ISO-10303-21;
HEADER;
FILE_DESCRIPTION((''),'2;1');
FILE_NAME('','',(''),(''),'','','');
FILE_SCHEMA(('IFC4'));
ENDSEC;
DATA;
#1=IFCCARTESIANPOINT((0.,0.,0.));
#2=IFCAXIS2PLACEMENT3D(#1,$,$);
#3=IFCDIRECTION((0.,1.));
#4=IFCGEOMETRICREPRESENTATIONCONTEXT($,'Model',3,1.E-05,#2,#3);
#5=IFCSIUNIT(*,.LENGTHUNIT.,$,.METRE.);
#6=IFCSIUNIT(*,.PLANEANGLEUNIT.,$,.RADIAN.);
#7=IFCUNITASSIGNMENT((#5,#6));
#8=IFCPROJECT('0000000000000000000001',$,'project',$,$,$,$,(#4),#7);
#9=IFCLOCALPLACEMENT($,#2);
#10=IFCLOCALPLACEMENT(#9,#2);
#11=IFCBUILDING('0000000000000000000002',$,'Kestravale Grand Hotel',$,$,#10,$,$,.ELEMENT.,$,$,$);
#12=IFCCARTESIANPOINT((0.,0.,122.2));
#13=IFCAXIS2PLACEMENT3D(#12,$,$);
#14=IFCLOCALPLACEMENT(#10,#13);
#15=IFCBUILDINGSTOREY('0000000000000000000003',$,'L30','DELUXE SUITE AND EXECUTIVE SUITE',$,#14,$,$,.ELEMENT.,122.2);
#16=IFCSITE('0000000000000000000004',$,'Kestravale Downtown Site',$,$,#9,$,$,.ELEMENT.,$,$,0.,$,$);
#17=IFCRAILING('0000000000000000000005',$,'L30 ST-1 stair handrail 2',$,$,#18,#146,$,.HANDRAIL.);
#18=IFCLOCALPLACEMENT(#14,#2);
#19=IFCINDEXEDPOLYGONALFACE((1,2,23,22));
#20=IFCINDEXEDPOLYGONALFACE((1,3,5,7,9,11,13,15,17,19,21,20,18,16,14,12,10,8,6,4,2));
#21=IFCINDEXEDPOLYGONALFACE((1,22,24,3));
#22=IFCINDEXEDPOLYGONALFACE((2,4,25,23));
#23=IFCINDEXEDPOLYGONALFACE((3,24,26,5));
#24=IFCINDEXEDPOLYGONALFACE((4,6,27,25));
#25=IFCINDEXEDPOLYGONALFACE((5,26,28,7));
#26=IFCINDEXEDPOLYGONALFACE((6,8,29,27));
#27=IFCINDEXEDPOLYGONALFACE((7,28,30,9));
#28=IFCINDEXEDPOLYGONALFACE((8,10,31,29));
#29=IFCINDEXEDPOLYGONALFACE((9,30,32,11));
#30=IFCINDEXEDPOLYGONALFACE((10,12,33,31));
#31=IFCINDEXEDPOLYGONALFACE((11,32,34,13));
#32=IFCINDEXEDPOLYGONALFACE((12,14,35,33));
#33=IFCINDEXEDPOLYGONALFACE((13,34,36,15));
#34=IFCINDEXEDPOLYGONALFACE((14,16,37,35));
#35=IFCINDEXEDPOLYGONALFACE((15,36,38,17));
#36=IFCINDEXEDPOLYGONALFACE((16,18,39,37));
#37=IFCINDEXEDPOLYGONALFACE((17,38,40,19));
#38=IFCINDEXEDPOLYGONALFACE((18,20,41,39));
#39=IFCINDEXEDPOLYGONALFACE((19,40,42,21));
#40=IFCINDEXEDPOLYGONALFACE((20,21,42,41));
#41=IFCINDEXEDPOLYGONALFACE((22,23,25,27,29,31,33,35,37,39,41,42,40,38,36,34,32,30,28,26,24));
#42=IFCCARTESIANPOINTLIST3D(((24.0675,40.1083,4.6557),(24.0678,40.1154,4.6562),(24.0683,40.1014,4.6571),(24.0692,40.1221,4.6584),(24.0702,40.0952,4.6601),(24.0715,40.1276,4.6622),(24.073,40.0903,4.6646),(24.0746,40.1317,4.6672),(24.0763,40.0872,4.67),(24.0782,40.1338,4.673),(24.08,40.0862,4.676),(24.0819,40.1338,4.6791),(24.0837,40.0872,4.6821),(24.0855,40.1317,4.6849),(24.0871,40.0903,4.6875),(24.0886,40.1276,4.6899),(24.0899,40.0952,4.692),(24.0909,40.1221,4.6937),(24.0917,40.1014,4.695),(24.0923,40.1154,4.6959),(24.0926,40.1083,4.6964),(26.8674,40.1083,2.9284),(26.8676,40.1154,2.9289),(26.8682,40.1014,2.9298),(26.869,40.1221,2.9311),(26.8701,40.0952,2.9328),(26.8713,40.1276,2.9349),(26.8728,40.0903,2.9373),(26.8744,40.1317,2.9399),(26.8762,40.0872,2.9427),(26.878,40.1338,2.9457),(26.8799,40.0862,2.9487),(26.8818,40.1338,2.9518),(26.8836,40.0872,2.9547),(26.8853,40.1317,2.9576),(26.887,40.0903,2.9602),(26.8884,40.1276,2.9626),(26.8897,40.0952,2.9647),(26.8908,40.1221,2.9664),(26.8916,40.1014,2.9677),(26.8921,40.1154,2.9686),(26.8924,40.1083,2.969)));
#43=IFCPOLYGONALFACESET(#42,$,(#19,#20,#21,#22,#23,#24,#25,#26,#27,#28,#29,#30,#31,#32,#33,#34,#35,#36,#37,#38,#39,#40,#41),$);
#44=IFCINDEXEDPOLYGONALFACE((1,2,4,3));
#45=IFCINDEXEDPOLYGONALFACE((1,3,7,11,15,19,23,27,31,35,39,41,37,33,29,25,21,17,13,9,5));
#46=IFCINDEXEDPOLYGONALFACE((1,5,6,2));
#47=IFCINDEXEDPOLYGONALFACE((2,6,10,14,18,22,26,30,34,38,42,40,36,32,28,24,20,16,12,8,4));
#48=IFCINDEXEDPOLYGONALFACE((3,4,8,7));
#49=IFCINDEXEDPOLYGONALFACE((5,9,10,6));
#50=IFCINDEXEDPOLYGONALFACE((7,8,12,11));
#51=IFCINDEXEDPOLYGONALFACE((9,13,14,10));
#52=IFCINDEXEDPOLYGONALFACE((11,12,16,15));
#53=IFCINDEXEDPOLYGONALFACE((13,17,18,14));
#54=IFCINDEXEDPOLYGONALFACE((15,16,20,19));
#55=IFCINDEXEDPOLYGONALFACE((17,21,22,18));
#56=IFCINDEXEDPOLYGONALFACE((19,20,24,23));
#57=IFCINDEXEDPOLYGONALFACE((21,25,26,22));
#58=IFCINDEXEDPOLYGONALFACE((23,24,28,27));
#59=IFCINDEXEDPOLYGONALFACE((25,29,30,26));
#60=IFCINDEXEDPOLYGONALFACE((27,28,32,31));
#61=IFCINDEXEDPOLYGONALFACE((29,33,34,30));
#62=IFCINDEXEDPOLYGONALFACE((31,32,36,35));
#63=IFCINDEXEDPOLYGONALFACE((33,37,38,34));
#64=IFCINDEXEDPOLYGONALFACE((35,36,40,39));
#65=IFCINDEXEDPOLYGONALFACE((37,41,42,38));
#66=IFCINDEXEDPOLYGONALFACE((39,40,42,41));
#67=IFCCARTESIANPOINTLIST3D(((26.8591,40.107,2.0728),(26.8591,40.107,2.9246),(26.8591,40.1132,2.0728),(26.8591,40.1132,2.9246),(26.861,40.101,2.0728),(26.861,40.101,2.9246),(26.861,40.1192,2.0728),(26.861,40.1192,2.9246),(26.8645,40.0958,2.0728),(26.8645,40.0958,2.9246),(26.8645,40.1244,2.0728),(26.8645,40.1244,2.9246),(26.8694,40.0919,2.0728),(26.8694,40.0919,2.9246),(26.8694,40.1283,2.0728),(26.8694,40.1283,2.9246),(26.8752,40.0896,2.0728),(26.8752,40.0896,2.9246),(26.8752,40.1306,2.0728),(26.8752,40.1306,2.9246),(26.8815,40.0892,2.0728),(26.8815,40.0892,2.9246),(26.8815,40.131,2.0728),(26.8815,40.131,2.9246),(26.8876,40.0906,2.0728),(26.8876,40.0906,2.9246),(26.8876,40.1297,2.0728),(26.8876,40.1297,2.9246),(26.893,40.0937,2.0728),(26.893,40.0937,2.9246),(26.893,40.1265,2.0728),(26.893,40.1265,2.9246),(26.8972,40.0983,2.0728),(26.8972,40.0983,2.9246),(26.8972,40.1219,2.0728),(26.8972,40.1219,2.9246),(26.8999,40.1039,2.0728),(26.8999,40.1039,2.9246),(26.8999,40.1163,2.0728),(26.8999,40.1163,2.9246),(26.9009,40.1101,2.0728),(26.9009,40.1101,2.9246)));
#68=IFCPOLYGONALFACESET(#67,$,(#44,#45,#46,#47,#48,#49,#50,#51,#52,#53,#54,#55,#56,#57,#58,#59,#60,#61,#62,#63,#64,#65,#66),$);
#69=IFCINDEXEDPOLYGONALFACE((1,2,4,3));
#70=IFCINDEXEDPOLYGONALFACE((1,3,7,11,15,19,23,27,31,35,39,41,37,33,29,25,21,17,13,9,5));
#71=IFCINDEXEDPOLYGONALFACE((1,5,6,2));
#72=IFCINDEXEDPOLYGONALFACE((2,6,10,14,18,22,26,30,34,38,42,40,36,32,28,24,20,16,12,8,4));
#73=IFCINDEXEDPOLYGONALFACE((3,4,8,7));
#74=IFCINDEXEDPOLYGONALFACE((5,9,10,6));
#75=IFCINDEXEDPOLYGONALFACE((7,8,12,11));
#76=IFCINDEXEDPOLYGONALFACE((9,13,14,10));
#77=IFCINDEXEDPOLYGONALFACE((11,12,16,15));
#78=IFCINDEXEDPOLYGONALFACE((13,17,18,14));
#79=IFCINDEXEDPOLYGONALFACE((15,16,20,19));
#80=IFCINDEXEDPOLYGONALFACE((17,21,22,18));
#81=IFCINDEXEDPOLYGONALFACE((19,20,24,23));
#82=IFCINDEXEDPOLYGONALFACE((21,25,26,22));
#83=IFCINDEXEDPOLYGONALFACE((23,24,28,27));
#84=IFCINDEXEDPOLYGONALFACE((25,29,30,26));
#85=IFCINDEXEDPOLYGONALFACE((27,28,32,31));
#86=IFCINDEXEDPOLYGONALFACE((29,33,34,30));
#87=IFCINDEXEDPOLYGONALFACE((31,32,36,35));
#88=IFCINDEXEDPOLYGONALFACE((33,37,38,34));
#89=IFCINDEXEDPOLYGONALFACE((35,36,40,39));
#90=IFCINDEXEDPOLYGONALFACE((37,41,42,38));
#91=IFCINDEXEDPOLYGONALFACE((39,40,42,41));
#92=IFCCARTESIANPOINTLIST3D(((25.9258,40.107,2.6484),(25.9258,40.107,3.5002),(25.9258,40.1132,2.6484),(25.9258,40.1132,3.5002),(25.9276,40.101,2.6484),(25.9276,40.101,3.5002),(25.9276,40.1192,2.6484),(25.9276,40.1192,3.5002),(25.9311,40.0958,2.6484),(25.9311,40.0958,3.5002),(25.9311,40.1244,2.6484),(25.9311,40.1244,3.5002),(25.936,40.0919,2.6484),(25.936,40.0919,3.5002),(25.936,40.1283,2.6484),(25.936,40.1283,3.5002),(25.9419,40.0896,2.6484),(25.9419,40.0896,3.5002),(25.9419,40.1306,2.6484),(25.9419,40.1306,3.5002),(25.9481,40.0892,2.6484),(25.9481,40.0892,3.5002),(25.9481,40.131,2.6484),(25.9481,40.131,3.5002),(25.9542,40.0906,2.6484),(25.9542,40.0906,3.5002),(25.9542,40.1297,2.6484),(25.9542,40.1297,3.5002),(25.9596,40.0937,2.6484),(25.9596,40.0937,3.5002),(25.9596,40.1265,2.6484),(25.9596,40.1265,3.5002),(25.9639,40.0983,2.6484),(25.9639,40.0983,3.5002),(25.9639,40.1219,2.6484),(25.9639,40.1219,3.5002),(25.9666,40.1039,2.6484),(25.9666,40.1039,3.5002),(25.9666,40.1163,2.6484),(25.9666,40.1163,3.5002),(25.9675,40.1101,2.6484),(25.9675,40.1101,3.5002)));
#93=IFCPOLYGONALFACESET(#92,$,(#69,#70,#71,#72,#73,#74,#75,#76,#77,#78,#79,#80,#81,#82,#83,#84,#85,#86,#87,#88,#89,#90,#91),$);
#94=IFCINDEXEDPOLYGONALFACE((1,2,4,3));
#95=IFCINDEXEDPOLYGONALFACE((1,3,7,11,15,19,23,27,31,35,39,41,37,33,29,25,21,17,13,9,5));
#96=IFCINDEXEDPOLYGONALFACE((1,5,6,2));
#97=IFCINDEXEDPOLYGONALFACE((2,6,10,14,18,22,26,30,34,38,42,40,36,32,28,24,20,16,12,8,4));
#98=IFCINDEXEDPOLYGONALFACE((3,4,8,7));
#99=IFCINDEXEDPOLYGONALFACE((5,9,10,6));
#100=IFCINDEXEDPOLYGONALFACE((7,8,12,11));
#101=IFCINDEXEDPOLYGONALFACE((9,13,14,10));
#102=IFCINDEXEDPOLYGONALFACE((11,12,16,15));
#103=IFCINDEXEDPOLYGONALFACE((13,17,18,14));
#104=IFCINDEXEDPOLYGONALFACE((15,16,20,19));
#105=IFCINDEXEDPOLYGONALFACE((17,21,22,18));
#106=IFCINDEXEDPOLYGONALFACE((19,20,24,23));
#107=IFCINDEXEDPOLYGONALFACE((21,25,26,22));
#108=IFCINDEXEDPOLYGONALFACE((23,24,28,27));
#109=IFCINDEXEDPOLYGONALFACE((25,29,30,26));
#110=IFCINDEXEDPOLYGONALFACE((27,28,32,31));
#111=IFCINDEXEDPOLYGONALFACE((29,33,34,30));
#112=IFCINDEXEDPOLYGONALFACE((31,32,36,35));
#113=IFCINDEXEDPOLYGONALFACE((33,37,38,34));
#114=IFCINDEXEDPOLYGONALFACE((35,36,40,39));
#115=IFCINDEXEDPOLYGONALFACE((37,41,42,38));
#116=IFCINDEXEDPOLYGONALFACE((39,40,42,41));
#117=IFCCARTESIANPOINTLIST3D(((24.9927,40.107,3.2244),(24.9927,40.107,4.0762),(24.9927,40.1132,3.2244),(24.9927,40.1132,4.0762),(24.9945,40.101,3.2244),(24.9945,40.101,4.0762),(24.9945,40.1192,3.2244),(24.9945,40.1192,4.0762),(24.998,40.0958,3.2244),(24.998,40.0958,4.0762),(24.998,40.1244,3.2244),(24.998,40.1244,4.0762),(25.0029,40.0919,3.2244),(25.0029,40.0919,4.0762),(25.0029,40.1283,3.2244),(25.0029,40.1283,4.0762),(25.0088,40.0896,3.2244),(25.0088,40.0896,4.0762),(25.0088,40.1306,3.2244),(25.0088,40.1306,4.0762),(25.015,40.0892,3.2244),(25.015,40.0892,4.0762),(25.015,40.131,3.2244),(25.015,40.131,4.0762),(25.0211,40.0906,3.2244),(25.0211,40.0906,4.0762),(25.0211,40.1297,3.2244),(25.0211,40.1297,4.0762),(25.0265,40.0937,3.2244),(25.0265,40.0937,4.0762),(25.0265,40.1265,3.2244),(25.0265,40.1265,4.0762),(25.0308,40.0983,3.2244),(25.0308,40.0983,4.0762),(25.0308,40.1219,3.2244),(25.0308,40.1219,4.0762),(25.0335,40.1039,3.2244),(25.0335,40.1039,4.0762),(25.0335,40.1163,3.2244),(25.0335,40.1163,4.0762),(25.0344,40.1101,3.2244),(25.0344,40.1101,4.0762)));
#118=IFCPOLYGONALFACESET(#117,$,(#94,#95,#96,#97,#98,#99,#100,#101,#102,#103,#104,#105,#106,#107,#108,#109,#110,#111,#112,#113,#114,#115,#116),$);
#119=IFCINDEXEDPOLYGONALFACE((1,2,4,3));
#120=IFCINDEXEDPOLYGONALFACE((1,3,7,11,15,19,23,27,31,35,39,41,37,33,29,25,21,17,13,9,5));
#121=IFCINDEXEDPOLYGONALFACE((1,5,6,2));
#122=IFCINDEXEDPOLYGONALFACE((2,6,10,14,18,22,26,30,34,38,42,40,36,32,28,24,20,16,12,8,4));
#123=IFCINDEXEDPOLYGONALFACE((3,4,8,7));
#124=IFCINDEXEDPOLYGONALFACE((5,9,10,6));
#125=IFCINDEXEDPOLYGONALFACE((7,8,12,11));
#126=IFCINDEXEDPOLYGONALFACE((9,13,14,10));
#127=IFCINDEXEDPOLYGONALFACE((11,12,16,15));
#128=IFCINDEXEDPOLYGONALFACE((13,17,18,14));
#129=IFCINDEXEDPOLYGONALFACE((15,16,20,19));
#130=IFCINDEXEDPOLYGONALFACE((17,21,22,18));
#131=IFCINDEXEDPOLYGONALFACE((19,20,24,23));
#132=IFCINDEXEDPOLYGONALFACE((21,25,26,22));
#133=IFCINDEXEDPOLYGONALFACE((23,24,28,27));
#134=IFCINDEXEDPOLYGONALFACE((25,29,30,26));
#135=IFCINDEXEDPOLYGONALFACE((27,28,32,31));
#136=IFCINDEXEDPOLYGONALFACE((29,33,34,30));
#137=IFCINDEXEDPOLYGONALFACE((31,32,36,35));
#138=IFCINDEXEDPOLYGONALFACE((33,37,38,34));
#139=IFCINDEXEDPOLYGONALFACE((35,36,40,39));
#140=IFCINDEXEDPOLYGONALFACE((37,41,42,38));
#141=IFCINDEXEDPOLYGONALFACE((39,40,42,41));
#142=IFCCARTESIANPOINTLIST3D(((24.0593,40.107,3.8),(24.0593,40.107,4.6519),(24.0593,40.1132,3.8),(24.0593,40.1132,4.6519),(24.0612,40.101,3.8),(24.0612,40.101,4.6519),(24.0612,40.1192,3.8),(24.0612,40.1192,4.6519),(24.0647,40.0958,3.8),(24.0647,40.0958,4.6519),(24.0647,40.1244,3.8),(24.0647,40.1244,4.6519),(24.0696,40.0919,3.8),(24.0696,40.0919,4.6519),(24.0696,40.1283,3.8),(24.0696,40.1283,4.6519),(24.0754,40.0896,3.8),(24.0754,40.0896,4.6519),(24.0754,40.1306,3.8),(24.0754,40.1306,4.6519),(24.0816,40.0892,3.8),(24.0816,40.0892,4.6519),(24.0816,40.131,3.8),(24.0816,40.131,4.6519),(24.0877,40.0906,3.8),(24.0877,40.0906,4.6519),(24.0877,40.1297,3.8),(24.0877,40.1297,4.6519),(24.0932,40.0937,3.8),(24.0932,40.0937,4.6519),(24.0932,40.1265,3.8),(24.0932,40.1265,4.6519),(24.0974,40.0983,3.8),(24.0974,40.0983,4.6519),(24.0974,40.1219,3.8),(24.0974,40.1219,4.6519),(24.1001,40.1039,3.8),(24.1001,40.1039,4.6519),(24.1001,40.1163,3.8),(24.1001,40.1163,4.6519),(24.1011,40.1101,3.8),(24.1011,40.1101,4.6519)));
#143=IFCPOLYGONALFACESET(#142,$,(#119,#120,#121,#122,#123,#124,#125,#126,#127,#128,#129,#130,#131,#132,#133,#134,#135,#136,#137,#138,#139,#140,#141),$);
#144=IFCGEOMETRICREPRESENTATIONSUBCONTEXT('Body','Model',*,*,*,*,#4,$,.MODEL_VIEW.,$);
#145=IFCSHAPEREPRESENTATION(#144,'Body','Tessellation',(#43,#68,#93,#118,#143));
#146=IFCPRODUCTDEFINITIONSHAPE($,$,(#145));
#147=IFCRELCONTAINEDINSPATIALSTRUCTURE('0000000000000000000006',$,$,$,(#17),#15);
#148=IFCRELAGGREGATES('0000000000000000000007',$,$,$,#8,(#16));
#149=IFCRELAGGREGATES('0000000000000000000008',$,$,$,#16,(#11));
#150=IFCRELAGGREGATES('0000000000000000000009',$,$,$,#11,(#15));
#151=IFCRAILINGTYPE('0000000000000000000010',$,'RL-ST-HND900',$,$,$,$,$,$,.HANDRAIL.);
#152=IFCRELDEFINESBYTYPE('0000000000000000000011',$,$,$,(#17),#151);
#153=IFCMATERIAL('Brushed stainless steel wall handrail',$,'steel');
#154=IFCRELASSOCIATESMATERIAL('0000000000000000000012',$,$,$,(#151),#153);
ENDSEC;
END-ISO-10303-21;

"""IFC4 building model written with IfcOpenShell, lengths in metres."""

from ifc_helpers import new_model, si_unit, direction, frame, origin, origin_2d, place, context, subcontext, project, spatial, circle, extrude, material, type_object, element, save


model = new_model("IFC4")

# Units and contexts
model_context = context("Model", 3, precision=1e-05, world=origin(), true_north=direction((0.0, 1.0)))
body_context = subcontext(model_context, "Body", "Model", "MODEL_VIEW")
ifc_project = project(units=[si_unit("LENGTHUNIT", "METRE"), si_unit("PLANEANGLEUNIT", "RADIAN")], contexts=[model_context])

# Site, building, storey
site_placement = place(None, origin())
site = spatial("IfcSite", under=ifc_project, at=site_placement, Name="Kestravale Downtown Site", CompositionType="ELEMENT", RefElevation=0.0)
building_placement = place(site_placement, origin())
building = spatial("IfcBuilding", under=site, at=building_placement, Name="Kestravale Grand Hotel", CompositionType="ELEMENT")
storey_placement = place(building_placement, frame((0.0, 0.0, 122.2)))
storey = spatial("IfcBuildingStorey", under=building, at=storey_placement, Name="L30", Description="DELUXE SUITE AND EXECUTIVE SUITE", CompositionType="ELEMENT", Elevation=122.2)

# Railing
ifc_material_1 = material(Name="Brushed stainless steel wall handrail", Category="steel")
railing_type_1 = type_object("IfcRailingType", Name="RL-ST-HND900", PredefinedType="HANDRAIL", material=ifc_material_1)
railing_1_placement = place(storey_placement, frame((26.8799, 40.1101, 2.0728)))
element("IfcRailing", 1, at=railing_1_placement, inside=storey, type_object=railing_type_1, Name="L30 ST-1 stair handrail 2", PredefinedType="HANDRAIL", context=body_context, shape_type="SweptSolid", body=[
    extrude(circle(Radius=0.0239, at=origin_2d()), frame((0.0, 0.0, 0.876), z_axis=(-0.851069, 0.0, 0.525054), x_axis=(0.0, -1.0, 0.0)), (0.0, 0.0, 1.0), 3.2898),
    extrude(circle(Radius=0.021, at=origin_2d()), origin(), (0.0, 0.0, 1.0), 0.8518),
    extrude(circle(Radius=0.021, at=origin_2d()), frame((-0.9333, 0.0, 0.5757)), (0.0, 0.0, 1.0), 0.8518),
    extrude(circle(Radius=0.021, at=origin_2d()), frame((-1.8665, 0.0, 1.1516)), (0.0, 0.0, 1.0), 0.8518),
    extrude(circle(Radius=0.021, at=origin_2d()), frame((-2.7998, 0.0, 1.7273)), (0.0, 0.0, 1.0), 0.8518),
])

save(model, "model.ifc")
